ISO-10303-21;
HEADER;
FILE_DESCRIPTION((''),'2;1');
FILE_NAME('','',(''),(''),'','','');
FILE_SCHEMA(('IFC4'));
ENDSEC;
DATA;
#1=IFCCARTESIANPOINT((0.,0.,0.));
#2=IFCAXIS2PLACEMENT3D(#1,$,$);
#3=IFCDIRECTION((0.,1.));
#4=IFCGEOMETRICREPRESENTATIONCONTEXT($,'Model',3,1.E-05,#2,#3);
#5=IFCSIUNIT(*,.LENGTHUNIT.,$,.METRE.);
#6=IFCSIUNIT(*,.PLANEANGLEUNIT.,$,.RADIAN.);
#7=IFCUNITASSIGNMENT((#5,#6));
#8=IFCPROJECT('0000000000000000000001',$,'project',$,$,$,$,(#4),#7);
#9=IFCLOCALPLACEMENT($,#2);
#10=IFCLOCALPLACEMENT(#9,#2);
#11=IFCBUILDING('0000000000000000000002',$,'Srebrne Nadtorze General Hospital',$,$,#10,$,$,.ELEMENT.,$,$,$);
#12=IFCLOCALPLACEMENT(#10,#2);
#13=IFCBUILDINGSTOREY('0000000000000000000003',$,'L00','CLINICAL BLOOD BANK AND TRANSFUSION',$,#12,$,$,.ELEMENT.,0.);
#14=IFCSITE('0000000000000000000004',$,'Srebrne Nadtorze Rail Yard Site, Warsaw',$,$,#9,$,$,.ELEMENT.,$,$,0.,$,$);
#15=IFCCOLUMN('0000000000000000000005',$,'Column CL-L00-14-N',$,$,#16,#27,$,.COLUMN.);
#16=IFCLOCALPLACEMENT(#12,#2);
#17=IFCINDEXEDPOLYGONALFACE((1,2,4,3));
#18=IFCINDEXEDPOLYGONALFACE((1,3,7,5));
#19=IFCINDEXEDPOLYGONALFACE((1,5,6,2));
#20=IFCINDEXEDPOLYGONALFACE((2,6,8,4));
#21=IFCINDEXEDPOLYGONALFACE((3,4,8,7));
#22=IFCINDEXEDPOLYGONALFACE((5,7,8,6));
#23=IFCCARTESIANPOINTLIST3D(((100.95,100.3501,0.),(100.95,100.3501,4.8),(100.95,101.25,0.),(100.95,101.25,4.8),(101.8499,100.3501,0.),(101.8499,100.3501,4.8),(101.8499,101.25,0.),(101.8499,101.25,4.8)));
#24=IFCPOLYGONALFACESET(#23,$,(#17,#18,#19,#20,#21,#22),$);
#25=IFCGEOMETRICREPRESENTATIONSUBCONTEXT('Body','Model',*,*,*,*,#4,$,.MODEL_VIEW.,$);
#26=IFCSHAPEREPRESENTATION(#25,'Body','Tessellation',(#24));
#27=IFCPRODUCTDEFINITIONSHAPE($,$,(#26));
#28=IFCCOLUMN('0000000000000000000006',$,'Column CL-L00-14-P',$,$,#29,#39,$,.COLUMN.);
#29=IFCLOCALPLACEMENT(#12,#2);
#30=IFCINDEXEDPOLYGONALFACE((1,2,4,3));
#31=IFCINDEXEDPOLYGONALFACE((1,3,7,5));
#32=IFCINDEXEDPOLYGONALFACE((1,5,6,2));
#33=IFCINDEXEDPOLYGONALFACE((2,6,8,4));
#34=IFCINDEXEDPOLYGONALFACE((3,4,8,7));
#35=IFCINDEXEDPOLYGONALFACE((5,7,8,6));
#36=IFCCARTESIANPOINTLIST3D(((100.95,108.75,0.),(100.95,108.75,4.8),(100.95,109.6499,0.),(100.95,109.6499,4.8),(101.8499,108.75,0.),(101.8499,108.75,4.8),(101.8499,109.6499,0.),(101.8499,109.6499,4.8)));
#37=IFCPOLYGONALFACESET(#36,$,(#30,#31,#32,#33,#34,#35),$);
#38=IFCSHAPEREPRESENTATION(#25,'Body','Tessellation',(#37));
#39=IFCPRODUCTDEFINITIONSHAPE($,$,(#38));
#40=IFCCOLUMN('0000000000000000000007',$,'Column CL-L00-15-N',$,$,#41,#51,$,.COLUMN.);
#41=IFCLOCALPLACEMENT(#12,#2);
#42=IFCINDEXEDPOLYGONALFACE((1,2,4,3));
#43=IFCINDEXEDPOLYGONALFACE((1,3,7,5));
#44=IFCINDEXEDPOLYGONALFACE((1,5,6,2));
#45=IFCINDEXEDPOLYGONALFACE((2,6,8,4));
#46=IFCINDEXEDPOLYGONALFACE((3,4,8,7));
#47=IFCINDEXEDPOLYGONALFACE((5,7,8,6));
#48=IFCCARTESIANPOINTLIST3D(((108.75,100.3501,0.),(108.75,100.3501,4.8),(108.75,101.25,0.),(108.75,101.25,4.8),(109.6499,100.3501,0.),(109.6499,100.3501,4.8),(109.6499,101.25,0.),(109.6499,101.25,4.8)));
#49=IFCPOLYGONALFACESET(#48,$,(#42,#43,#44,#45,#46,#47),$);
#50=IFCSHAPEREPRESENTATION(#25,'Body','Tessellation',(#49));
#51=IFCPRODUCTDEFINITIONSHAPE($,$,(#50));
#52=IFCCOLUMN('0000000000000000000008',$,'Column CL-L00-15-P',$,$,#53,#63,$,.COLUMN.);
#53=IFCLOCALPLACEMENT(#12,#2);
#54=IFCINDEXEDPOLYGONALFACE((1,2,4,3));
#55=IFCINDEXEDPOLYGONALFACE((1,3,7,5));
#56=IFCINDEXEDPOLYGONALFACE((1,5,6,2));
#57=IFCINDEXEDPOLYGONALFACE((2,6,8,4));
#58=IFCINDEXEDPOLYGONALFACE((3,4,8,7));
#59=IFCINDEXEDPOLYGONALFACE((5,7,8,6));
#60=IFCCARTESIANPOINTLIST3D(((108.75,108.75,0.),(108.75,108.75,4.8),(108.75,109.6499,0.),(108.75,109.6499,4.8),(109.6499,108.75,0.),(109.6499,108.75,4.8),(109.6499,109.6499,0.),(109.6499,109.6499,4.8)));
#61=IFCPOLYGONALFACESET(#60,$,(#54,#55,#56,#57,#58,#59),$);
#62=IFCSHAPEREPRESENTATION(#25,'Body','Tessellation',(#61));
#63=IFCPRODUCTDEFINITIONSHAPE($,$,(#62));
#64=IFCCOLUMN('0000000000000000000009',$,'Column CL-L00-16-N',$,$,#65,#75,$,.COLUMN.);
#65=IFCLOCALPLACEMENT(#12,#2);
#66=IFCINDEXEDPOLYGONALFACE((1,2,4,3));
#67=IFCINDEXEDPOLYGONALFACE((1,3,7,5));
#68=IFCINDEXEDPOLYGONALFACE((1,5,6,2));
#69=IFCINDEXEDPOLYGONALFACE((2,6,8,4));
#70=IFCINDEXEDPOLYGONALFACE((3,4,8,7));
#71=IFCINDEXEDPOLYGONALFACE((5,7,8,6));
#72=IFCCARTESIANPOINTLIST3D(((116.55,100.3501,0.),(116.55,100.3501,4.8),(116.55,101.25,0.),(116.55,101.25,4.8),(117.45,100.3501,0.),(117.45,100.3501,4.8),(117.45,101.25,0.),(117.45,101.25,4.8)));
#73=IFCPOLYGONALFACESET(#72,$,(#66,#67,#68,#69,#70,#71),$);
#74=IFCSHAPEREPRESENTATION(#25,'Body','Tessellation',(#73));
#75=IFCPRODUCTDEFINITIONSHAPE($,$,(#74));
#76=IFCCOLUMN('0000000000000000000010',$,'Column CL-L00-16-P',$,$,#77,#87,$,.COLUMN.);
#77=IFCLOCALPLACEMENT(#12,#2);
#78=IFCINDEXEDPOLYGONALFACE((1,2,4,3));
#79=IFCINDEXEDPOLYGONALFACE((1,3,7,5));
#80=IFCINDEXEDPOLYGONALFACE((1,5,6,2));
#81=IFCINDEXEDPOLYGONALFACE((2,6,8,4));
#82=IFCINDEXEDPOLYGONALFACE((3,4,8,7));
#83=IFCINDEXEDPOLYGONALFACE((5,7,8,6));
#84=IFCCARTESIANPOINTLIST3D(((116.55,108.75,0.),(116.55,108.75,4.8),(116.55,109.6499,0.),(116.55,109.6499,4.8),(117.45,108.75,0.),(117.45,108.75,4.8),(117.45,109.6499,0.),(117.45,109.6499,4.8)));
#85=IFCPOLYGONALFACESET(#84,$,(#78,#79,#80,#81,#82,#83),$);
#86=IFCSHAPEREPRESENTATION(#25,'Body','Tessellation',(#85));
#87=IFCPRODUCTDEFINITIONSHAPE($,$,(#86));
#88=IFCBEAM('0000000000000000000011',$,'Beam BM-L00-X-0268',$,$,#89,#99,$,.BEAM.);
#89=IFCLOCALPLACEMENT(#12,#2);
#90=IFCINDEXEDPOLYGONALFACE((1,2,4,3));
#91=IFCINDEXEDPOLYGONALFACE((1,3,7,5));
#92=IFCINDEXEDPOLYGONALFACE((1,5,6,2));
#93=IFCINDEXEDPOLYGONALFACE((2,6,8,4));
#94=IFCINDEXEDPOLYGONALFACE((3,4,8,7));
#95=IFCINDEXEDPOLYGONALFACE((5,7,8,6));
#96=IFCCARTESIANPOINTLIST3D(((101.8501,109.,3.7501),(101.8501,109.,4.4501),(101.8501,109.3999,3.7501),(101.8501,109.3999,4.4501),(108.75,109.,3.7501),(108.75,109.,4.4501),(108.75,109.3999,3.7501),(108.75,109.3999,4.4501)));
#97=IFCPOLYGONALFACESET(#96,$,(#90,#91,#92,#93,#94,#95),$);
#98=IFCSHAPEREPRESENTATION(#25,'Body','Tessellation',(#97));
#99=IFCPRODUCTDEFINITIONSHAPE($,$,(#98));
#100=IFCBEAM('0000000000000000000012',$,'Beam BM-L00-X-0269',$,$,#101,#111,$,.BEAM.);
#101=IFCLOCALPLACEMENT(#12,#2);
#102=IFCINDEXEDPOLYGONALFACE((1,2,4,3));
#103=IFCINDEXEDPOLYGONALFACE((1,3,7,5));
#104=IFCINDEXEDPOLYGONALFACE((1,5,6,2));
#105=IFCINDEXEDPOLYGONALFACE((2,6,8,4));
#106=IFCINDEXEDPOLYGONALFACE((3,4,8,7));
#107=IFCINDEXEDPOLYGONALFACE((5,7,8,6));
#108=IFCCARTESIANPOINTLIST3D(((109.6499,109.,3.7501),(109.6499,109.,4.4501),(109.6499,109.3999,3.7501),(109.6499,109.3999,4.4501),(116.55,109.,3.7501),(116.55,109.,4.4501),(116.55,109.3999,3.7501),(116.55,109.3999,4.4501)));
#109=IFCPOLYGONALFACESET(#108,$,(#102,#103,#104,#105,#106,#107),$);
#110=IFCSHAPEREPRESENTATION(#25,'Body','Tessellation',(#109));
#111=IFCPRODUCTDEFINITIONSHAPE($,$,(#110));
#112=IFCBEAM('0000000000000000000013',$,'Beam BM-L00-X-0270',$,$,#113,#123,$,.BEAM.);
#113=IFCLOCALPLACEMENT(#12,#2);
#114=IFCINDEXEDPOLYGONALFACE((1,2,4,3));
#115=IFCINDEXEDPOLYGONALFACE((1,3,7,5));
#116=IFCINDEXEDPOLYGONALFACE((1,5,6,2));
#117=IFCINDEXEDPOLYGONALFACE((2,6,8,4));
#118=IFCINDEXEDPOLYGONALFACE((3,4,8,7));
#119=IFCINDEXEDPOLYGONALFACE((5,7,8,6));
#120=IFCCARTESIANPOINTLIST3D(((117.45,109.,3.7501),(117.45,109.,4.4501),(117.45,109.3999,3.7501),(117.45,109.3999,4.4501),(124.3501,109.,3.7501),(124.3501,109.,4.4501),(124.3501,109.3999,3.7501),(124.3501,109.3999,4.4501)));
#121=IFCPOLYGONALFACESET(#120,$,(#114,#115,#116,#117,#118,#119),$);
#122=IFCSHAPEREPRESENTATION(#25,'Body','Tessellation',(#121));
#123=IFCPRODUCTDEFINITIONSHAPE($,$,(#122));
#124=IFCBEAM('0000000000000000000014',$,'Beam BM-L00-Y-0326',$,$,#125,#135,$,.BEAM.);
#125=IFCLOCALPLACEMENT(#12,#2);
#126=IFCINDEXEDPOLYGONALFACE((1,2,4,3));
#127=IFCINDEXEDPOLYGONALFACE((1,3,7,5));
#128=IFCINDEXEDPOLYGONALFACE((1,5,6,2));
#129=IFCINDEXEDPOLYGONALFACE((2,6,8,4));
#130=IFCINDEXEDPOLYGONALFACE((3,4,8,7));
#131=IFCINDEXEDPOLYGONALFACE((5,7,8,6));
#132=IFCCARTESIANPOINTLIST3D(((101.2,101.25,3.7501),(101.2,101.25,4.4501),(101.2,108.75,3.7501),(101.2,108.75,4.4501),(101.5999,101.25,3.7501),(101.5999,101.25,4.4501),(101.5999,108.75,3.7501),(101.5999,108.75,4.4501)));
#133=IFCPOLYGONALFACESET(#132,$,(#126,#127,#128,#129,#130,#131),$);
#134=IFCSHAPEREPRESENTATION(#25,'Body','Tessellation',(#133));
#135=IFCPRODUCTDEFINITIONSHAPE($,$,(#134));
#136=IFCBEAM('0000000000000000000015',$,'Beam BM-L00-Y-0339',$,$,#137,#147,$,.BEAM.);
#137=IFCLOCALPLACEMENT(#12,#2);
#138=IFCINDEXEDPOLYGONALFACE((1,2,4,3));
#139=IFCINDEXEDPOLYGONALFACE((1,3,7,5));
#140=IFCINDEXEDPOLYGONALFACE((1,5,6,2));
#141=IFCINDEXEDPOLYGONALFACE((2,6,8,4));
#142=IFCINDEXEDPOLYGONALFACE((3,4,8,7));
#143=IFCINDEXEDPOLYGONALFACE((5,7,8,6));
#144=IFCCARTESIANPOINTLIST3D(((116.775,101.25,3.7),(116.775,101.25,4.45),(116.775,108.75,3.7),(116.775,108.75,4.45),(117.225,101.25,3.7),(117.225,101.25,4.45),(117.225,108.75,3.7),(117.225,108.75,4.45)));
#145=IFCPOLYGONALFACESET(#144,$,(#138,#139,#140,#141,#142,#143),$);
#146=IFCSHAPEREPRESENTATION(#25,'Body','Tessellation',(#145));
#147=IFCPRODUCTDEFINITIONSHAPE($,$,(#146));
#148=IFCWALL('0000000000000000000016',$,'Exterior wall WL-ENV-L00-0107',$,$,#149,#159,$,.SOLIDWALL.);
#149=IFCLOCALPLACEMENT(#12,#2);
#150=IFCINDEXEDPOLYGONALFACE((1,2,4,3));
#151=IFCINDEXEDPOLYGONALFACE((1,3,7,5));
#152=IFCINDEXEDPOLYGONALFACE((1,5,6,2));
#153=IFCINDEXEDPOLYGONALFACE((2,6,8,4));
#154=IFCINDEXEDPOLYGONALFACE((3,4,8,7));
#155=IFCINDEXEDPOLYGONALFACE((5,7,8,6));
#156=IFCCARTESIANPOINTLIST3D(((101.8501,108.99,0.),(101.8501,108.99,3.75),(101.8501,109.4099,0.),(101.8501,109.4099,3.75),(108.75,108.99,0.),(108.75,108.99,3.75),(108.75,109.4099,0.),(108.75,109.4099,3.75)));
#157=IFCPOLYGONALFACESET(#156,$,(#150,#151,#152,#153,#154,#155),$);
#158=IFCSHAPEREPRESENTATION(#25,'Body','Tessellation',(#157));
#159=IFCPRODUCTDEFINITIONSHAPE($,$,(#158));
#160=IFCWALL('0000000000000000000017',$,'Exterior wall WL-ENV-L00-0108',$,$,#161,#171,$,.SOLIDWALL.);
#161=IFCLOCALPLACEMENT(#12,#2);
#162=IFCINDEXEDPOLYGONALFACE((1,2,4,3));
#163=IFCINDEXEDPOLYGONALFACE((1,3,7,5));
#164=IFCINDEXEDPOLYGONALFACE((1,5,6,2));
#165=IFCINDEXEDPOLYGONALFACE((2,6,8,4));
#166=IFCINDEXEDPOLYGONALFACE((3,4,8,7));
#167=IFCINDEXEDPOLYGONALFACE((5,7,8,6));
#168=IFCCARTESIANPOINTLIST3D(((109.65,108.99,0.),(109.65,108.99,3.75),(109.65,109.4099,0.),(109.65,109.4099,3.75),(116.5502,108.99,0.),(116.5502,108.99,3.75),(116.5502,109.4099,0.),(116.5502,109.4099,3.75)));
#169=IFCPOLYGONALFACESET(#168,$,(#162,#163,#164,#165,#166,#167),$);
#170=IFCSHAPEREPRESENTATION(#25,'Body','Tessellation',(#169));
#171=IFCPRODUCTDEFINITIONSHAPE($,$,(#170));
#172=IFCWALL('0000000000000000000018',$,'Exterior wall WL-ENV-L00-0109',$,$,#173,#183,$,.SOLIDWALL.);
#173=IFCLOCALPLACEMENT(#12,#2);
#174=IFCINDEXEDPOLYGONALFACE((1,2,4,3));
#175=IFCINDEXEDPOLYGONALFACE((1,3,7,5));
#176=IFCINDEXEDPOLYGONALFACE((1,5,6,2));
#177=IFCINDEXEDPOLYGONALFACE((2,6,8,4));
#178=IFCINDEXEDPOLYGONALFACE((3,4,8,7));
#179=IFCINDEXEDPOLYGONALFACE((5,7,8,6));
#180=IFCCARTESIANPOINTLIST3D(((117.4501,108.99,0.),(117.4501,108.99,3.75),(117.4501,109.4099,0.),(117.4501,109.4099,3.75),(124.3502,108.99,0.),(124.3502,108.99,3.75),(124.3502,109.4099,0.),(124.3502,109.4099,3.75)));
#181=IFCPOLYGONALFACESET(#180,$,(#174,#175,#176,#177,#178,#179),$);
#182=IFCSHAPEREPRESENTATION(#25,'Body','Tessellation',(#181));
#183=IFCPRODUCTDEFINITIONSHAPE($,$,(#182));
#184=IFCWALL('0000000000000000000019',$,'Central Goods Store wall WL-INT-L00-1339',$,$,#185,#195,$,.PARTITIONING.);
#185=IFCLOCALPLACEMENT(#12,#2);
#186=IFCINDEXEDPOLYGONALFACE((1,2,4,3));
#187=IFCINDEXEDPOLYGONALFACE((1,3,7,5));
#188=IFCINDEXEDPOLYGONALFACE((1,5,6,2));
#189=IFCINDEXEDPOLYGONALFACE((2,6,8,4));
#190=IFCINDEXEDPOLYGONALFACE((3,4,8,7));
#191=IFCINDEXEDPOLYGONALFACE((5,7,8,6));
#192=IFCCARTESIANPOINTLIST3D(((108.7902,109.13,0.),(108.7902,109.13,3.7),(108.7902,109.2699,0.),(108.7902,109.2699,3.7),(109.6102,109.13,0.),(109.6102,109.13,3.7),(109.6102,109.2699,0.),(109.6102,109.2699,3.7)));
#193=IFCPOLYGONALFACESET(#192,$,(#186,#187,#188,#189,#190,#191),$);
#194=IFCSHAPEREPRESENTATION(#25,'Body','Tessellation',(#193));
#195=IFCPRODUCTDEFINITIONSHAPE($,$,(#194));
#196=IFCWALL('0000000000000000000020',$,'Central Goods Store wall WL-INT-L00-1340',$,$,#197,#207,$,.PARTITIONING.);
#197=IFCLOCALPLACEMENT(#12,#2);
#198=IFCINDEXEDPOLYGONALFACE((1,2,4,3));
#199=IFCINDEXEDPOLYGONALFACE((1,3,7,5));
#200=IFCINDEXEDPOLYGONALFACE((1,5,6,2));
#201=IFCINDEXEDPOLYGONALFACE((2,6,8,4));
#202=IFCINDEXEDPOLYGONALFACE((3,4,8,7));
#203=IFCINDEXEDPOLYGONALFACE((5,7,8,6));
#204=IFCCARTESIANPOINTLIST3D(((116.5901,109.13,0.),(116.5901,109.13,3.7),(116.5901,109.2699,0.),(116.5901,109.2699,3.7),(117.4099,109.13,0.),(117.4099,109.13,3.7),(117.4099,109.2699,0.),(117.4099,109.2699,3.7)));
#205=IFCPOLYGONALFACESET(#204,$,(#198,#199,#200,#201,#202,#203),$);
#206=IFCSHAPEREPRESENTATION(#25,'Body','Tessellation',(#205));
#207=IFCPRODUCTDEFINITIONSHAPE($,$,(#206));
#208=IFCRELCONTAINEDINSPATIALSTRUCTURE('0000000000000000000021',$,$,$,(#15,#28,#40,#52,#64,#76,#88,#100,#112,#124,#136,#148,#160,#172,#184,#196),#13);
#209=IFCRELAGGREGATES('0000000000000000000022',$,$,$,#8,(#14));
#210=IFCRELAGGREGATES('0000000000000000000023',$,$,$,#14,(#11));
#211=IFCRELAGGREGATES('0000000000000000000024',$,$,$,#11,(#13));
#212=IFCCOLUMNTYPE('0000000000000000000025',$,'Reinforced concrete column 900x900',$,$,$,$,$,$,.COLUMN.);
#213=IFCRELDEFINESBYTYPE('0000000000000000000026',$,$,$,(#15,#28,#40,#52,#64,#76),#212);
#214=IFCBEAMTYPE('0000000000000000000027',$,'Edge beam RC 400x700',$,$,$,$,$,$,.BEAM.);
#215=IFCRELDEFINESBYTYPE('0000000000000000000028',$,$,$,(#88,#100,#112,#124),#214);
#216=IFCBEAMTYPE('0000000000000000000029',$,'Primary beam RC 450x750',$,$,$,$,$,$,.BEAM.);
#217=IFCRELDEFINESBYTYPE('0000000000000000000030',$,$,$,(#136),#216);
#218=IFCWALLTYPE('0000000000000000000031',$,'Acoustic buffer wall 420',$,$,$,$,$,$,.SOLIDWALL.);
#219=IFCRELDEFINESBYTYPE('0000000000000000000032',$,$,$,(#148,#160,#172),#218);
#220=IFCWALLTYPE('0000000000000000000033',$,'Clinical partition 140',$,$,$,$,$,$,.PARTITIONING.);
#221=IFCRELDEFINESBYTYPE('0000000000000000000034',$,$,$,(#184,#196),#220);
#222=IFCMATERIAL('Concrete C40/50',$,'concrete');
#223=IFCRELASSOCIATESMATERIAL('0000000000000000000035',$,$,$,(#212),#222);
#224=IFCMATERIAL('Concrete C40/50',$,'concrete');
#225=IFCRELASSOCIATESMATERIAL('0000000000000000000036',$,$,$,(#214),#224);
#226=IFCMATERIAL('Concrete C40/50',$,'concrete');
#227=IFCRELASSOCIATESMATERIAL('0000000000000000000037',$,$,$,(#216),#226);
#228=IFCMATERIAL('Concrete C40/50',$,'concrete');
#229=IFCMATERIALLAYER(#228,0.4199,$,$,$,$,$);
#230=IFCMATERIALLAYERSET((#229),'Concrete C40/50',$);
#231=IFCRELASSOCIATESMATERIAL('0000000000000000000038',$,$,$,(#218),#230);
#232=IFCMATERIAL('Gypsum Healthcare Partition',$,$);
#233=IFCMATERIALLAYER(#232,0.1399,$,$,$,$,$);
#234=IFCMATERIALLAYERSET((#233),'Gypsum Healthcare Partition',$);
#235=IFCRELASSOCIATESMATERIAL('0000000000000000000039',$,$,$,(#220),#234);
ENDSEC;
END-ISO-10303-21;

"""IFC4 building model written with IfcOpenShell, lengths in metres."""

from ifc_helpers import new_model, si_unit, direction, frame, frame_2d, origin, origin_2d, place, context, subcontext, project, spatial, rectangle, extrude, material, layer, layer_set, material_profile, profile_set, type_object, element, save


model = new_model("IFC4")

# Units and contexts
model_context = context("Model", 3, precision=1e-05, world=origin(), true_north=direction((0.0, 1.0)))
body_context = subcontext(model_context, "Body", "Model", "MODEL_VIEW")
ifc_project = project(units=[si_unit("LENGTHUNIT", "METRE"), si_unit("PLANEANGLEUNIT", "RADIAN")], contexts=[model_context])

# Site, building, storey
site_placement = place(None, origin())
site = spatial("IfcSite", under=ifc_project, at=site_placement, Name="Srebrne Nadtorze Rail Yard Site, Warsaw", CompositionType="ELEMENT", RefElevation=0.0)
building_placement = place(site_placement, origin())
building = spatial("IfcBuilding", under=site, at=building_placement, Name="Srebrne Nadtorze General Hospital", CompositionType="ELEMENT")
storey_placement = place(building_placement, origin())
storey = spatial("IfcBuildingStorey", under=building, at=storey_placement, Name="L00", Description="CLINICAL BLOOD BANK AND TRANSFUSION", CompositionType="ELEMENT", Elevation=0.0)

# Columns
ifc_material_1 = material(Name="Concrete C40/50", Category="concrete")
ifc_material_profile_1 = material_profile(ifc_material_1, rectangle(XDim=0.8999, YDim=0.8999, at=origin_2d()), Name="RC-COL-900x900")
ifc_profile_set_1 = profile_set([ifc_material_profile_1], Name="Concrete C40/50")
column_type = type_object("IfcColumnType", Name="Reinforced concrete column 900x900", PredefinedType="COLUMN", material=ifc_profile_set_1)
for number, where, z_axis, x_axis, name in (
    (1, (101.3999, 100.8, 0.0), (0.0, 0.0, 1.0), (1.0, 0.0, 0.0), "Column CL-L00-14-N"),
    (2, (101.3999, 109.2, 0.0), (0.0, 0.0, 1.0), (1.0, 0.0, 0.0), "Column CL-L00-14-P"),
    (3, (109.2, 100.8, 0.0), (0.0, 0.0, 1.0), (1.0, 0.0, 0.0), "Column CL-L00-15-N"),
    (4, (109.2, 109.2, 0.0), (0.0, 0.0, 1.0), (1.0, 0.0, 0.0), "Column CL-L00-15-P"),
    (5, (117.0, 100.8, 0.0), (0.0, 0.0, 1.0), (1.0, 0.0, 0.0), "Column CL-L00-16-N"),
    (6, (117.0, 109.2, 0.0), (0.0, 0.0, 1.0), (1.0, 0.0, 0.0), "Column CL-L00-16-P"),
):
    element("IfcColumn", number, at=place(storey_placement, frame(where, z_axis=z_axis, x_axis=x_axis)), inside=storey, type_object=column_type, Name=name, PredefinedType="COLUMN", context=body_context, shape_type="SweptSolid", body=[
        extrude(rectangle(XDim=0.8999, YDim=0.8999, at=origin_2d()), origin(), (0.0, 0.0, 1.0), 4.8),
    ])

# Beams
ifc_material_2 = material(Name="Concrete C40/50", Category="concrete")
ifc_material_profile_2 = material_profile(ifc_material_2, rectangle(XDim=0.3999, YDim=0.7, at=origin_2d()), Name="RC-BM-400x700")
ifc_profile_set_2 = profile_set([ifc_material_profile_2], Name="Concrete C40/50")
beam_type_1 = type_object("IfcBeamType", Name="Edge beam RC 400x700", PredefinedType="BEAM", material=ifc_profile_set_2)
beam_1_placement = place(storey_placement, frame((101.8501, 109.2, 4.1001), z_axis=(1.0, 0.0, 0.0), x_axis=(0.0, 1.0, 0.0)))
element("IfcBeam", 7, at=beam_1_placement, inside=storey, type_object=beam_type_1, Name="Beam BM-L00-X-0268", PredefinedType="BEAM", context=body_context, shape_type="SweptSolid", body=[
    extrude(rectangle(XDim=0.3999, YDim=0.7, at=origin_2d()), origin(), (0.0, 0.0, 1.0), 6.8999),
])
for number, where, z_axis, x_axis, name in (
    (8, (109.6499, 109.2, 4.1001), (1.0, 0.0, 0.0), (0.0, 1.0, 0.0), "Beam BM-L00-X-0269"),
    (9, (117.45, 109.2, 4.1001), (1.0, 0.0, 0.0), (0.0, 1.0, 0.0), "Beam BM-L00-X-0270"),
):
    element("IfcBeam", number, at=place(storey_placement, frame(where, z_axis=z_axis, x_axis=x_axis)), inside=storey, type_object=beam_type_1, Name=name, PredefinedType="BEAM", context=body_context, shape_type="SweptSolid", body=[
        extrude(rectangle(XDim=0.3999, YDim=0.7, at=origin_2d()), origin(), (0.0, 0.0, 1.0), 6.9001),
    ])
beam_2_placement = place(storey_placement, frame((101.3999, 101.25, 4.1001), z_axis=(0.0, 1.0, 0.0), x_axis=(-1.0, 0.0, 0.0)))
element("IfcBeam", 10, at=beam_2_placement, inside=storey, type_object=beam_type_1, Name="Beam BM-L00-Y-0326", PredefinedType="BEAM", context=body_context, shape_type="SweptSolid", body=[
    extrude(rectangle(XDim=0.3999, YDim=0.7, at=origin_2d()), origin(), (0.0, 0.0, 1.0), 7.5),
])
ifc_material_3 = material(Name="Concrete C40/50", Category="concrete")
ifc_material_profile_3 = material_profile(ifc_material_3, rectangle(XDim=0.45, YDim=0.75, at=origin_2d()), Name="RC-BM-450x750")
ifc_profile_set_3 = profile_set([ifc_material_profile_3], Name="Concrete C40/50")
beam_type_2 = type_object("IfcBeamType", Name="Primary beam RC 450x750", PredefinedType="BEAM", material=ifc_profile_set_3)
beam_3_placement = place(storey_placement, frame((117.0, 101.25, 4.075), z_axis=(0.0, 1.0, 0.0), x_axis=(-1.0, 0.0, 0.0)))
element("IfcBeam", 11, at=beam_3_placement, inside=storey, type_object=beam_type_2, Name="Beam BM-L00-Y-0339", PredefinedType="BEAM", context=body_context, shape_type="SweptSolid", body=[
    extrude(rectangle(XDim=0.45, YDim=0.75, at=origin_2d()), origin(), (0.0, 0.0, 1.0), 7.5),
])

# Walls
ifc_material_4 = material(Name="Concrete C40/50", Category="concrete")
ifc_layer_1 = layer(ifc_material_4, 0.4199)
ifc_layer_set_1 = layer_set([ifc_layer_1], Name="Concrete C40/50")
wall_type_1 = type_object("IfcWallType", Name="Acoustic buffer wall 420", PredefinedType="SOLIDWALL", material=ifc_layer_set_1)
wall_1_placement = place(storey_placement, frame((101.8501, 109.2, 0.0), z_axis=(0.0, 0.0, 1.0), x_axis=(1.0, 0.0, 0.0)))
element("IfcWall", 12, at=wall_1_placement, inside=storey, type_object=wall_type_1, Name="Exterior wall WL-ENV-L00-0107", PredefinedType="SOLIDWALL", context=body_context, shape_type="SweptSolid", body=[
    extrude(rectangle(XDim=6.8999, YDim=0.4199, at=frame_2d((3.45, 0.0))), origin(), (0.0, 0.0, 1.0), 3.75),
])
for number, where, z_axis, x_axis, name in (
    (13, (109.6499, 109.2, 0.0), (0.0, 0.0, 1.0), (1.0, 0.0, 0.0), "Exterior wall WL-ENV-L00-0108"),
    (14, (117.45, 109.2, 0.0), (0.0, 0.0, 1.0), (1.0, 0.0, 0.0), "Exterior wall WL-ENV-L00-0109"),
):
    element("IfcWall", number, at=place(storey_placement, frame(where, z_axis=z_axis, x_axis=x_axis)), inside=storey, type_object=wall_type_1, Name=name, PredefinedType="SOLIDWALL", context=body_context, shape_type="SweptSolid", body=[
        extrude(rectangle(XDim=6.9001, YDim=0.4199, at=frame_2d((3.4502, 0.0))), origin(), (0.0, 0.0, 1.0), 3.75),
    ])
ifc_material_5 = material(Name="Gypsum Healthcare Partition")
ifc_layer_2 = layer(ifc_material_5, 0.1399)
ifc_layer_set_2 = layer_set([ifc_layer_2], Name="Gypsum Healthcare Partition")
wall_type_2 = type_object("IfcWallType", Name="Clinical partition 140", PredefinedType="PARTITIONING", material=ifc_layer_set_2)
wall_2_placement = place(storey_placement, frame((108.79, 109.2, 0.0), z_axis=(0.0, 0.0, 1.0), x_axis=(1.0, 0.0, 0.0)))
element("IfcWall", 15, at=wall_2_placement, inside=storey, type_object=wall_type_2, Name="Central Goods Store wall WL-INT-L00-1339", PredefinedType="PARTITIONING", context=body_context, shape_type="SweptSolid", body=[
    extrude(rectangle(XDim=0.8201, YDim=0.1399, at=frame_2d((0.4102, 0.0))), origin(), (0.0, 0.0, 1.0), 3.7),
])
wall_3_placement = place(storey_placement, frame((116.5901, 109.2, 0.0), z_axis=(0.0, 0.0, 1.0), x_axis=(1.0, 0.0, 0.0)))
element("IfcWall", 16, at=wall_3_placement, inside=storey, type_object=wall_type_2, Name="Central Goods Store wall WL-INT-L00-1340", PredefinedType="PARTITIONING", context=body_context, shape_type="SweptSolid", body=[
    extrude(rectangle(XDim=0.8198, YDim=0.1399, at=frame_2d((0.4099, 0.0))), origin(), (0.0, 0.0, 1.0), 3.7),
])

save(model, "model.ifc")
